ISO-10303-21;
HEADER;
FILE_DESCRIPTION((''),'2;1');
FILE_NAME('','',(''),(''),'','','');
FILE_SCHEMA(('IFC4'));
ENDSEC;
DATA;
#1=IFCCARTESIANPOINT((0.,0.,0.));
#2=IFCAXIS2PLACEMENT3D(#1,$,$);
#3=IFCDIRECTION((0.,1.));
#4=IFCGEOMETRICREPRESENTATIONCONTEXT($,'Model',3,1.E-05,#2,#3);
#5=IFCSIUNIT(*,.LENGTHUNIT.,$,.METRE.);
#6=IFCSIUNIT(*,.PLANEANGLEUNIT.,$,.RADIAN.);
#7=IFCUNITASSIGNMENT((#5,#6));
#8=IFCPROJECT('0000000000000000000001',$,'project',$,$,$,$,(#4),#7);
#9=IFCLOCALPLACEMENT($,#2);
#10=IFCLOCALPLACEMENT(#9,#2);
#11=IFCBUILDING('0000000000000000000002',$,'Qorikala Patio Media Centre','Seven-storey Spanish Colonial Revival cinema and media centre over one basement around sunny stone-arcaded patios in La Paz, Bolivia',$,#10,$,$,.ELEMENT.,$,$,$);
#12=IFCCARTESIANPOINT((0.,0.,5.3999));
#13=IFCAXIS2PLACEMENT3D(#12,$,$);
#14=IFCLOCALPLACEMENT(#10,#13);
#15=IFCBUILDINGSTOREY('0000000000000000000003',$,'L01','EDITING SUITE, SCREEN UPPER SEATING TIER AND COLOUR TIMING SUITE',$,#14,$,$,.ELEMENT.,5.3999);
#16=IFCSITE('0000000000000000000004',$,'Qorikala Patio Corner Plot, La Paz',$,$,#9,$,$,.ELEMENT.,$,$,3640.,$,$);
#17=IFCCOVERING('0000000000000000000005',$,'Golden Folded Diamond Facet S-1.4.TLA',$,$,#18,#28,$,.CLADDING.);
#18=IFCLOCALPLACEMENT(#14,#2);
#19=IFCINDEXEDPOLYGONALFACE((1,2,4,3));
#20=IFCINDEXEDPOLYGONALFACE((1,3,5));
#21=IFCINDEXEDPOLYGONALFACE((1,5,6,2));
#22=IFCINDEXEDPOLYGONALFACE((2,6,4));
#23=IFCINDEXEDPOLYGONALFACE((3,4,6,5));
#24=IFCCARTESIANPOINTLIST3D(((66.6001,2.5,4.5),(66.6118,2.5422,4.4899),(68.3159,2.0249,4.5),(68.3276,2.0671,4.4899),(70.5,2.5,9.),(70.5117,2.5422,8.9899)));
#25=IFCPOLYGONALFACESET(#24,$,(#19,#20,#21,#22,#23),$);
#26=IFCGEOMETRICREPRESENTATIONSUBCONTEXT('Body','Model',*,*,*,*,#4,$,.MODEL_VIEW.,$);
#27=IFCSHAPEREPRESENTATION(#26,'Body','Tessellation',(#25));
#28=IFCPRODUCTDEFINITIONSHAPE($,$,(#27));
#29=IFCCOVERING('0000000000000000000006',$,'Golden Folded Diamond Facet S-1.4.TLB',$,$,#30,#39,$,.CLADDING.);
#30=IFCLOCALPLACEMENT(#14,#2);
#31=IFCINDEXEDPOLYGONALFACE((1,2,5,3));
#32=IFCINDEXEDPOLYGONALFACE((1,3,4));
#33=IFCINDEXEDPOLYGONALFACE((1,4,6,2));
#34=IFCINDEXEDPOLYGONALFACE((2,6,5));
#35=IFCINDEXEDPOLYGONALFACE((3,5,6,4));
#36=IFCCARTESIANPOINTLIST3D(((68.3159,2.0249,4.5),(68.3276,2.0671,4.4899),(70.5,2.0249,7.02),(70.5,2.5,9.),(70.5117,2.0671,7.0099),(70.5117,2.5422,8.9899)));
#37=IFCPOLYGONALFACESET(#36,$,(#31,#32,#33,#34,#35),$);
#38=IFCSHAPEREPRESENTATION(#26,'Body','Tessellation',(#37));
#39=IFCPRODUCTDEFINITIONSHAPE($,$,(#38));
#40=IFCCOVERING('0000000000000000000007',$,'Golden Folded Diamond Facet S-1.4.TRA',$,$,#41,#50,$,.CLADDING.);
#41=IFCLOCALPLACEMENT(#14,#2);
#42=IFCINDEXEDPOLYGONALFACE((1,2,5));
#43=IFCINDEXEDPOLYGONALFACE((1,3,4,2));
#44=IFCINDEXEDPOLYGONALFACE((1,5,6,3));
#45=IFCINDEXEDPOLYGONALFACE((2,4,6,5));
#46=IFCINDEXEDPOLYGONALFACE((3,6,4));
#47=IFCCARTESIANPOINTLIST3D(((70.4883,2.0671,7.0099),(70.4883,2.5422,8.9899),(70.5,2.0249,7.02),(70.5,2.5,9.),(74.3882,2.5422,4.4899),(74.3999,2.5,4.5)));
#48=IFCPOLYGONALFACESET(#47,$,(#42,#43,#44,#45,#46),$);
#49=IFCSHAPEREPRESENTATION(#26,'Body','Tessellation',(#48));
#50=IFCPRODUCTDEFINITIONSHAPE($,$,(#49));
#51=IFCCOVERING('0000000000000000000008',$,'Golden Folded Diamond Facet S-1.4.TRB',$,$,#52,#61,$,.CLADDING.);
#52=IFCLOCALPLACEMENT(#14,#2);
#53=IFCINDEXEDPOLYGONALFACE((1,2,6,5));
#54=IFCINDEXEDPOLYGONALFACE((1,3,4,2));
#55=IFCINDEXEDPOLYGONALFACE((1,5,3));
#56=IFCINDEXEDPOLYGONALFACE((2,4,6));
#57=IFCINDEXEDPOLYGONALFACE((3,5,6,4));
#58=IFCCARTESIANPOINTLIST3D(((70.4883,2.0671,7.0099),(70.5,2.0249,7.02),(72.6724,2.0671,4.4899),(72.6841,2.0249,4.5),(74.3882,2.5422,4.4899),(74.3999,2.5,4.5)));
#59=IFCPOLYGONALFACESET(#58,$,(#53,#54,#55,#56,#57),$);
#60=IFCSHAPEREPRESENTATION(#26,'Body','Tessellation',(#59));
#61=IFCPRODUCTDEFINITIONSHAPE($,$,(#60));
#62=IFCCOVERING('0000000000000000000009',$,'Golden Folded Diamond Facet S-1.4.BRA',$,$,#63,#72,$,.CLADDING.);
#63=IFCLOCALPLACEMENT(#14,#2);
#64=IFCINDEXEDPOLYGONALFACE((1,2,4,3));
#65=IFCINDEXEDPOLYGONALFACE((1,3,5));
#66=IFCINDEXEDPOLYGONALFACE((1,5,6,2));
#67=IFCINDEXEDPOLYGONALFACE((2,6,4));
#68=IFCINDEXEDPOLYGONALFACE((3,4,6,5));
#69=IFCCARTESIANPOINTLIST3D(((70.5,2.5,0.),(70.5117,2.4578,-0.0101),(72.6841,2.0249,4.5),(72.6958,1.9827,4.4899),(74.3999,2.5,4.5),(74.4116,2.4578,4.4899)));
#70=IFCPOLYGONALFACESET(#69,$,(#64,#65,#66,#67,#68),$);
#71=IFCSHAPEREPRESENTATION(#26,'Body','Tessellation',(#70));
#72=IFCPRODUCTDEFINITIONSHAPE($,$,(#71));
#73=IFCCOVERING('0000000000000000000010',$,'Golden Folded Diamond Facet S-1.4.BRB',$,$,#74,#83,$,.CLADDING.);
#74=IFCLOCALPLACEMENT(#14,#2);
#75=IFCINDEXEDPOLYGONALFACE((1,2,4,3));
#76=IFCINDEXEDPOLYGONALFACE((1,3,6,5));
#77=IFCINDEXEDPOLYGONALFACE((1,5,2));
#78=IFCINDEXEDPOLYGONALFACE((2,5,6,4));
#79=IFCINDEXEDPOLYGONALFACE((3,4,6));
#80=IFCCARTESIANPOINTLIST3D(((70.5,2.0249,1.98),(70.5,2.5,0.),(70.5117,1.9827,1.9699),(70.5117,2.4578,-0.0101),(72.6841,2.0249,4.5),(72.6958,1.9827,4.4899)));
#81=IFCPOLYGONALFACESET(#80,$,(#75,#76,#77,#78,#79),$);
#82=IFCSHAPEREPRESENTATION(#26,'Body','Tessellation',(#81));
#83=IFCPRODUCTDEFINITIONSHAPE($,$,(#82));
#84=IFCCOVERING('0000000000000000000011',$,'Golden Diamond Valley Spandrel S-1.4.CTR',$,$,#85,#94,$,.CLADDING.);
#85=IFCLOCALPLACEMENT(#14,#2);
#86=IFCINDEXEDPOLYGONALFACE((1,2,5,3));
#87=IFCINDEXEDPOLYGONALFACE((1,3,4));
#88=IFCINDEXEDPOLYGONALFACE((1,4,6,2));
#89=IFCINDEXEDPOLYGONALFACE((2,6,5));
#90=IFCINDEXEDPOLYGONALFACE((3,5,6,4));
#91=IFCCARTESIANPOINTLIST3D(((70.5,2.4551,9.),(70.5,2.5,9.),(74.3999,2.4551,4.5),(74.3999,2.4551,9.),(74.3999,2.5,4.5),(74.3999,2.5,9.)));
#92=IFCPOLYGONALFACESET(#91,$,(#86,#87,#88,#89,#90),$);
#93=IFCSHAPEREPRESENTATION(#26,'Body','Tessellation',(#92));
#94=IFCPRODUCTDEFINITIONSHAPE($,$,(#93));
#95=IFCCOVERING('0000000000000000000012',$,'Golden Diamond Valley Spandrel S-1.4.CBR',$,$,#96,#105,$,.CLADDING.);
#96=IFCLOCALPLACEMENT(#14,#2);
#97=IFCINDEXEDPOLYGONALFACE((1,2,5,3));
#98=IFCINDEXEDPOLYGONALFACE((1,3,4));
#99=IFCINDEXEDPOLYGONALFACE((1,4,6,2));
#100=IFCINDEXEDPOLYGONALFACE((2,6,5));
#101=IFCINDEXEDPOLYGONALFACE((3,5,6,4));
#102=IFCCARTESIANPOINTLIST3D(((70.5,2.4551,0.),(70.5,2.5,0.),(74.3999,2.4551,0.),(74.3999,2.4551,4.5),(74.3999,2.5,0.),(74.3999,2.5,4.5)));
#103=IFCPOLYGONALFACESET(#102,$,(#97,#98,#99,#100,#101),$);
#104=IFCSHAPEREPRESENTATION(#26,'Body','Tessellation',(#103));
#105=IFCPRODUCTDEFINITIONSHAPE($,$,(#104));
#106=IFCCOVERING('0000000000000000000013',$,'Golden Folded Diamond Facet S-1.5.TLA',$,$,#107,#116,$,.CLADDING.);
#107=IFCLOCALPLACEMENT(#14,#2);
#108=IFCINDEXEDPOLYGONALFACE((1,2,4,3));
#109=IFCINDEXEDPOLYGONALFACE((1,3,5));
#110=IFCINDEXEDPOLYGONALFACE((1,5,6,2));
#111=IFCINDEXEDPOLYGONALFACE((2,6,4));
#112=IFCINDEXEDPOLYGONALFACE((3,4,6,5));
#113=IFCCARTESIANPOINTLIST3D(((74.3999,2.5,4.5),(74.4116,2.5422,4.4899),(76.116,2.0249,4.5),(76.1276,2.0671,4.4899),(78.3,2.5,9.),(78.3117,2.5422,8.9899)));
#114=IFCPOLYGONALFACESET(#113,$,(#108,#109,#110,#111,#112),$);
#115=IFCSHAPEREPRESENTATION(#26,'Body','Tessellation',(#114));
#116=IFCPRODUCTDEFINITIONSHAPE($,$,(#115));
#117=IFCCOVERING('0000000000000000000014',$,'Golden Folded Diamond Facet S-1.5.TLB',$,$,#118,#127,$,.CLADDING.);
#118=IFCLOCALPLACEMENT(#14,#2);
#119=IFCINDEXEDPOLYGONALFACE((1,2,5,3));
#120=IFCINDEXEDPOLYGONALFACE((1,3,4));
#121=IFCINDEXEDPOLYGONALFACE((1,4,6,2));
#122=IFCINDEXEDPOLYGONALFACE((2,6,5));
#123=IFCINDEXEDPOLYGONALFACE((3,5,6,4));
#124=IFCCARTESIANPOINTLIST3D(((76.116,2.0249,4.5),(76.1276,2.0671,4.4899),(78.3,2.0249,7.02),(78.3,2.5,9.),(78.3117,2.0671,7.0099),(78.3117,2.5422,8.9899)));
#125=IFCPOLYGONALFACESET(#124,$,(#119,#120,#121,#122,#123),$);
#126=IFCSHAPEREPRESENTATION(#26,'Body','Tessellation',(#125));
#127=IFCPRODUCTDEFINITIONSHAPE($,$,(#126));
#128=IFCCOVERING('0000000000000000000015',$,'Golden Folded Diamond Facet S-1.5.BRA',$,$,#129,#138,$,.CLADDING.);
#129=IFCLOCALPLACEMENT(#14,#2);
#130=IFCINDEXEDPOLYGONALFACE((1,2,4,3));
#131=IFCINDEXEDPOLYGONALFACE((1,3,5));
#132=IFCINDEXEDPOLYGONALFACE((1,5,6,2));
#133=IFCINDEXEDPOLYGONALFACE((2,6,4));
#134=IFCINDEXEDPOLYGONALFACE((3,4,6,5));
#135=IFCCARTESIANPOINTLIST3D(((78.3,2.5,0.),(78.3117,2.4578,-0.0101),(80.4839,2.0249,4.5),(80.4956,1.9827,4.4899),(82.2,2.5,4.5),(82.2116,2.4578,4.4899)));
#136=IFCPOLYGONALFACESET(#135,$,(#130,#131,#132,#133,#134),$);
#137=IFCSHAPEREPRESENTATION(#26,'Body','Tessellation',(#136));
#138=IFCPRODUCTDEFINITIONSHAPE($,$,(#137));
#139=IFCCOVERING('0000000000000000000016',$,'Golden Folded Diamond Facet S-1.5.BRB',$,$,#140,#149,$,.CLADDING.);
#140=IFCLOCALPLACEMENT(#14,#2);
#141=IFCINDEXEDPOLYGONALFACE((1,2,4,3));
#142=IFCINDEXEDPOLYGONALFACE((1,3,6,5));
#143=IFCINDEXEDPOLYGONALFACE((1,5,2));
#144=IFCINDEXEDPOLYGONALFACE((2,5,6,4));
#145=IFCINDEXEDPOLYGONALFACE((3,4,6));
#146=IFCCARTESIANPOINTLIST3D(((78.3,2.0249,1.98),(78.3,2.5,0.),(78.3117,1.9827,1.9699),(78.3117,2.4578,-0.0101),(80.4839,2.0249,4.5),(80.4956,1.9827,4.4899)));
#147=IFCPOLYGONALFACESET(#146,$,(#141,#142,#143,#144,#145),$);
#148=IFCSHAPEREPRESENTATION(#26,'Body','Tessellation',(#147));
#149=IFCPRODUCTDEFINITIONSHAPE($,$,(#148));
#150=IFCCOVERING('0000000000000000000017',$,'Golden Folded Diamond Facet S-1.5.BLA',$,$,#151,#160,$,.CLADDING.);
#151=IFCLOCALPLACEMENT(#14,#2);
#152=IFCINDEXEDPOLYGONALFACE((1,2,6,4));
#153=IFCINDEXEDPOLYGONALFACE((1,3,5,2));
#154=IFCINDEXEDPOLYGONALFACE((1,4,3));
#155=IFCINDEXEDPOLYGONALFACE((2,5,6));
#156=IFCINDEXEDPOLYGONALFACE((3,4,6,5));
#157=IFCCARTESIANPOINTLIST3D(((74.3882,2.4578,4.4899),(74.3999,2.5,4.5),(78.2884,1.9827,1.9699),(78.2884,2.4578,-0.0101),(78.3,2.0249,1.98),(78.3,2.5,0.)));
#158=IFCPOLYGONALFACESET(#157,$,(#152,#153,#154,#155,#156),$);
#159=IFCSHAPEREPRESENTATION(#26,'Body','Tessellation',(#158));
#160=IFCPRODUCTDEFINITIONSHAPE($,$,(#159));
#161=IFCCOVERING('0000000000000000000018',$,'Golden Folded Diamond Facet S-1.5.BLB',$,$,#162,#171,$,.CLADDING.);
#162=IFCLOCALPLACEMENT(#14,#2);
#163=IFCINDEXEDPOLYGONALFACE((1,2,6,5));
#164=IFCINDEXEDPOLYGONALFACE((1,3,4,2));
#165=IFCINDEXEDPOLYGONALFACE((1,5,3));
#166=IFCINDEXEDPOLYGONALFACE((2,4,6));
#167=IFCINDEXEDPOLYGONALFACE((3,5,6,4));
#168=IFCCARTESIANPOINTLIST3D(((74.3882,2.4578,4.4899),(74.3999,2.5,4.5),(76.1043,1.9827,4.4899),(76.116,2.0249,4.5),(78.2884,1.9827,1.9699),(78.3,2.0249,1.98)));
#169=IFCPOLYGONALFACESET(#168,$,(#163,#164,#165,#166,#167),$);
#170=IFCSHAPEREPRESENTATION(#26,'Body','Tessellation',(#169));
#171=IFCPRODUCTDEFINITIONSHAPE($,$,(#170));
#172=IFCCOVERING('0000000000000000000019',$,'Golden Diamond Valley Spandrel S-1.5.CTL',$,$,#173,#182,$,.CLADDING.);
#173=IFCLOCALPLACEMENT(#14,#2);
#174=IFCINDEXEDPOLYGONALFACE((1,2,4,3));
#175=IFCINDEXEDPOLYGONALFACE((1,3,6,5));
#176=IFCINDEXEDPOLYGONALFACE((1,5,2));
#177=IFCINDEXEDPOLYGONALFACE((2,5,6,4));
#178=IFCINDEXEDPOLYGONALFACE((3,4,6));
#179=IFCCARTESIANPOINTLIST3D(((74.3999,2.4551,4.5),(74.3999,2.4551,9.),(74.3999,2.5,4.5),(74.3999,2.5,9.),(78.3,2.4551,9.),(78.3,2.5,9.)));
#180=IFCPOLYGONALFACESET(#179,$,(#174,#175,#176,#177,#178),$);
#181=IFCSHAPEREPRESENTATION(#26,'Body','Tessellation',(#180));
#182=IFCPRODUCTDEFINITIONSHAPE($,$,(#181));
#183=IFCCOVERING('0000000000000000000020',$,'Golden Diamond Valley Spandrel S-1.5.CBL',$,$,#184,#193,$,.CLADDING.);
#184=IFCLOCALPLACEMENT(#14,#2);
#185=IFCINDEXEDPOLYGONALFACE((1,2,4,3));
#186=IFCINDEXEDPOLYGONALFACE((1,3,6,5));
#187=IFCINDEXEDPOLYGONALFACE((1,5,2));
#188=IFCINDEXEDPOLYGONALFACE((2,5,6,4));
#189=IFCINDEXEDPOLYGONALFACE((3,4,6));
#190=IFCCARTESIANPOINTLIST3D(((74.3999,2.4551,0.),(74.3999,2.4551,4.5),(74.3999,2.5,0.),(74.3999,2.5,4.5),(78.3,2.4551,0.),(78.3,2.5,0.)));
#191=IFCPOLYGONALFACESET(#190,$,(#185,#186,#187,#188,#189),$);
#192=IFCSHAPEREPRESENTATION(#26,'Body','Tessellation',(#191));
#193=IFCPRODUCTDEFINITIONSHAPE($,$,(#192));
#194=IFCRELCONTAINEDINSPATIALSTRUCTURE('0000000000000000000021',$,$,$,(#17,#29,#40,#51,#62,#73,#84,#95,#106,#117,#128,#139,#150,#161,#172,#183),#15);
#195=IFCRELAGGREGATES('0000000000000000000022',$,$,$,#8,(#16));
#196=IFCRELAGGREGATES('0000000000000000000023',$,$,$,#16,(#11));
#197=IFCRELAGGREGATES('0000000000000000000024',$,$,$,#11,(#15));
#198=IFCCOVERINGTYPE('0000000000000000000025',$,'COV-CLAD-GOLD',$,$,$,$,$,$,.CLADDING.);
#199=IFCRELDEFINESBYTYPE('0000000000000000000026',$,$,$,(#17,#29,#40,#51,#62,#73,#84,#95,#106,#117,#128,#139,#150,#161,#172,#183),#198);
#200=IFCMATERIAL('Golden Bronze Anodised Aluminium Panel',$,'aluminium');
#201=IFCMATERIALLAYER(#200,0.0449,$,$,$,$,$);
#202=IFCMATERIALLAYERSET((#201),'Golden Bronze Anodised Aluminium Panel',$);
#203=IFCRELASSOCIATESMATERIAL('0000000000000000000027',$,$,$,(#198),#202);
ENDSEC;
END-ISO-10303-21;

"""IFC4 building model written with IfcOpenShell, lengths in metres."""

from ifc_helpers import new_model, si_unit, direction, frame, origin, place, context, subcontext, project, spatial, polyline, outline, extrude, material, layer, layer_set, type_object, element, save


model = new_model("IFC4")

# Units and contexts
model_context = context("Model", 3, precision=1e-05, world=origin(), true_north=direction((0.0, 1.0)))
body_context = subcontext(model_context, "Body", "Model", "MODEL_VIEW")
ifc_project = project(units=[si_unit("LENGTHUNIT", "METRE"), si_unit("PLANEANGLEUNIT", "RADIAN")], contexts=[model_context])

# Site, building, storey
site_placement = place(None, origin())
site = spatial("IfcSite", under=ifc_project, at=site_placement, Name="Qorikala Patio Corner Plot, La Paz", CompositionType="ELEMENT", RefElevation=3640.0)
building_placement = place(site_placement, origin())
building = spatial("IfcBuilding", under=site, at=building_placement, Name="Qorikala Patio Media Centre", Description="Seven-storey Spanish Colonial Revival cinema and media centre over one basement around sunny stone-arcaded patios in La Paz, Bolivia", CompositionType="ELEMENT")
storey_placement = place(building_placement, frame((0.0, 0.0, 5.3999)))
storey = spatial("IfcBuildingStorey", under=building, at=storey_placement, Name="L01", Description="EDITING SUITE, SCREEN UPPER SEATING TIER AND COLOUR TIMING SUITE", CompositionType="ELEMENT", Elevation=5.3999)

# Coverings
ifc_material_1 = material(Name="Golden Bronze Anodised Aluminium Panel", Category="aluminium")
ifc_layer_1 = layer(ifc_material_1, 0.0449)
ifc_layer_set_1 = layer_set([ifc_layer_1], Name="Golden Bronze Anodised Aluminium Panel")
covering_type = type_object("IfcCoveringType", Name="COV-CLAD-GOLD", PredefinedType="CLADDING", material=ifc_layer_set_1)
covering_1_placement = place(storey_placement, frame((70.5, 2.5, 9.0), z_axis=(-0.25999, -0.938955, 0.225319), x_axis=(-0.654921, 0.0, -0.755697)))
element("IfcCovering", 1, at=covering_1_placement, inside=storey, type_object=covering_type, Name="Golden Folded Diamond Facet S-1.4.TLA", PredefinedType="CLADDING", context=body_context, shape_type="SweptSolid", body=[
    extrude(outline(polyline([(0.0, 0.0), (5.9548, 0.0), (4.831, 1.3809), (0.0, 0.0)])), origin(), (0.0, 0.0, -1.0), 0.0449),
])
covering_2_placement = place(storey_placement, frame((70.5, 2.5, 9.0), z_axis=(-0.25996, -0.938966, 0.225306), x_axis=(-0.434684, -0.094556, -0.895606)))
element("IfcCovering", 2, at=covering_2_placement, inside=storey, type_object=covering_type, Name="Golden Folded Diamond Facet S-1.4.TLB", PredefinedType="CLADDING", context=body_context, shape_type="SweptSolid", body=[
    extrude(outline(polyline([(0.0, 0.0), (5.0245, 0.0), (1.8182, 0.9166), (0.0, 0.0)])), origin(), (0.0, 0.0, -1.0), 0.0449),
])
covering_3_placement = place(storey_placement, frame((74.3999, 2.5, 4.5), z_axis=(0.259974, -0.938963, 0.225305), x_axis=(-0.654921, 0.0, 0.755697)))
element("IfcCovering", 3, at=covering_3_placement, inside=storey, type_object=covering_type, Name="Golden Folded Diamond Facet S-1.4.TRA", PredefinedType="CLADDING", context=body_context, shape_type="SweptSolid", body=[
    extrude(outline(polyline([(0.0, 0.0), (5.9548, 0.0), (4.4585, 1.381), (0.0, 0.0)])), origin(), (0.0, 0.0, -1.0), 0.0449),
])
covering_4_placement = place(storey_placement, frame((74.3999, 2.5, 4.5), z_axis=(0.259989, -0.938953, 0.22533), x_axis=(-0.835546, -0.101789, 0.539909)))
element("IfcCovering", 4, at=covering_4_placement, inside=storey, type_object=covering_type, Name="Golden Folded Diamond Facet S-1.4.TRB", PredefinedType="CLADDING", context=body_context, shape_type="SweptSolid", body=[
    extrude(outline(polyline([(0.0, 0.0), (4.6675, 0.0), (1.482, 0.9866), (0.0, 0.0)])), origin(), (0.0, 0.0, -1.0), 0.0449),
])
covering_5_placement = place(storey_placement, frame((70.5, 2.5, 0.0), z_axis=(-0.25999, 0.938955, 0.225319), x_axis=(0.654921, 0.0, 0.755697)))
element("IfcCovering", 5, at=covering_5_placement, inside=storey, type_object=covering_type, Name="Golden Folded Diamond Facet S-1.4.BRA", PredefinedType="CLADDING", context=body_context, shape_type="SweptSolid", body=[
    extrude(outline(polyline([(0.0, 0.0), (5.9548, 0.0), (4.831, -1.3809), (0.0, 0.0)])), origin(), (0.0, 0.0, -1.0), 0.0449),
])
covering_6_placement = place(storey_placement, frame((70.5, 2.5, 0.0), z_axis=(-0.25996, 0.938966, 0.225306), x_axis=(0.434684, -0.094556, 0.895606)))
element("IfcCovering", 6, at=covering_6_placement, inside=storey, type_object=covering_type, Name="Golden Folded Diamond Facet S-1.4.BRB", PredefinedType="CLADDING", context=body_context, shape_type="SweptSolid", body=[
    extrude(outline(polyline([(0.0, 0.0), (5.0245, 0.0), (1.8182, -0.9166), (0.0, 0.0)])), origin(), (0.0, 0.0, -1.0), 0.0449),
])
covering_7_placement = place(storey_placement, frame((74.3999, 2.5, 9.0), z_axis=(0.0, 1.0, 0.0), x_axis=(0.0, 0.0, -1.0)))
element("IfcCovering", 7, at=covering_7_placement, inside=storey, type_object=covering_type, Name="Golden Diamond Valley Spandrel S-1.4.CTR", PredefinedType="CLADDING", context=body_context, shape_type="SweptSolid", body=[
    extrude(outline(polyline([(0.0, 0.0), (4.5, 0.0), (0.0, 3.8999), (0.0, 0.0)])), origin(), (0.0, 0.0, -1.0), 0.0449),
])
covering_8_placement = place(storey_placement, frame((74.3999, 2.5, 0.0), z_axis=(0.0, 1.0, 0.0), x_axis=(-1.0, 0.0, 0.0)))
element("IfcCovering", 8, at=covering_8_placement, inside=storey, type_object=covering_type, Name="Golden Diamond Valley Spandrel S-1.4.CBR", PredefinedType="CLADDING", context=body_context, shape_type="SweptSolid", body=[
    extrude(outline(polyline([(0.0, 0.0), (3.8999, 0.0), (0.0, 4.5), (0.0, 0.0)])), origin(), (0.0, 0.0, -1.0), 0.0449),
])
covering_9_placement = place(storey_placement, frame((78.3, 2.5, 9.0), z_axis=(-0.259956, -0.938968, 0.225304), x_axis=(-0.654945, 0.0, -0.755677)))
element("IfcCovering", 9, at=covering_9_placement, inside=storey, type_object=covering_type, Name="Golden Folded Diamond Facet S-1.5.TLA", PredefinedType="CLADDING", context=body_context, shape_type="SweptSolid", body=[
    extrude(outline(polyline([(0.0, 0.0), (5.9549, 0.0), (4.831, 1.3811), (0.0, 0.0)])), origin(), (0.0, 0.0, -1.0), 0.0449),
])
covering_10_placement = place(storey_placement, frame((78.3, 2.5, 9.0), z_axis=(-0.25996, -0.938966, 0.225306), x_axis=(-0.434684, -0.094556, -0.895606)))
element("IfcCovering", 10, at=covering_10_placement, inside=storey, type_object=covering_type, Name="Golden Folded Diamond Facet S-1.5.TLB", PredefinedType="CLADDING", context=body_context, shape_type="SweptSolid", body=[
    extrude(outline(polyline([(0.0, 0.0), (5.0245, 0.0), (1.8182, 0.9166), (0.0, 0.0)])), origin(), (0.0, 0.0, -1.0), 0.0449),
])
covering_11_placement = place(storey_placement, frame((78.3, 2.5, 0.0), z_axis=(-0.259957, 0.938971, 0.22529), x_axis=(0.654921, 0.0, 0.755697)))
element("IfcCovering", 11, at=covering_11_placement, inside=storey, type_object=covering_type, Name="Golden Folded Diamond Facet S-1.5.BRA", PredefinedType="CLADDING", context=body_context, shape_type="SweptSolid", body=[
    extrude(outline(polyline([(0.0, 0.0), (5.9548, 0.0), (4.8309, -1.3811), (0.0, 0.0)])), origin(), (0.0, 0.0, -1.0), 0.0449),
])
covering_12_placement = place(storey_placement, frame((78.3, 2.5, 0.0), z_axis=(-0.259987, 0.938959, 0.225304), x_axis=(0.434644, -0.094558, 0.895625)))
element("IfcCovering", 12, at=covering_12_placement, inside=storey, type_object=covering_type, Name="Golden Folded Diamond Facet S-1.5.BRB", PredefinedType="CLADDING", context=body_context, shape_type="SweptSolid", body=[
    extrude(outline(polyline([(0.0, 0.0), (5.0244, 0.0), (1.8182, -0.9165), (0.0, 0.0)])), origin(), (0.0, 0.0, -1.0), 0.0449),
])
covering_13_placement = place(storey_placement, frame((74.3999, 2.5, 4.5), z_axis=(0.259958, 0.938967, 0.225306), x_axis=(0.654945, 0.0, -0.755677)))
element("IfcCovering", 13, at=covering_13_placement, inside=storey, type_object=covering_type, Name="Golden Folded Diamond Facet S-1.5.BLA", PredefinedType="CLADDING", context=body_context, shape_type="SweptSolid", body=[
    extrude(outline(polyline([(0.0, 0.0), (5.9549, 0.0), (4.4587, -1.3811), (0.0, 0.0)])), origin(), (0.0, 0.0, -1.0), 0.0449),
])
covering_14_placement = place(storey_placement, frame((74.3999, 2.5, 4.5), z_axis=(0.259956, 0.938968, 0.225302), x_axis=(0.835562, -0.101784, -0.539885)))
element("IfcCovering", 14, at=covering_14_placement, inside=storey, type_object=covering_type, Name="Golden Folded Diamond Facet S-1.5.BLB", PredefinedType="CLADDING", context=body_context, shape_type="SweptSolid", body=[
    extrude(outline(polyline([(0.0, 0.0), (4.6677, 0.0), (1.4822, -0.9867), (0.0, 0.0)])), origin(), (0.0, 0.0, -1.0), 0.0449),
])
covering_15_placement = place(storey_placement, frame((74.3999, 2.5, 9.0), z_axis=(0.0, 1.0, 0.0), x_axis=(1.0, 0.0, 0.0)))
element("IfcCovering", 15, at=covering_15_placement, inside=storey, type_object=covering_type, Name="Golden Diamond Valley Spandrel S-1.5.CTL", PredefinedType="CLADDING", context=body_context, shape_type="SweptSolid", body=[
    extrude(outline(polyline([(0.0, 0.0), (3.9001, 0.0), (0.0, 4.5), (0.0, 0.0)])), origin(), (0.0, 0.0, -1.0), 0.0449),
])
covering_16_placement = place(storey_placement, frame((74.3999, 2.5, 0.0), z_axis=(0.0, 1.0, 0.0), x_axis=(0.0, 0.0, 1.0)))
element("IfcCovering", 16, at=covering_16_placement, inside=storey, type_object=covering_type, Name="Golden Diamond Valley Spandrel S-1.5.CBL", PredefinedType="CLADDING", context=body_context, shape_type="SweptSolid", body=[
    extrude(outline(polyline([(0.0, 0.0), (4.5, 0.0), (0.0, 3.9001), (0.0, 0.0)])), origin(), (0.0, 0.0, -1.0), 0.0449),
])

save(model, "model.ifc")
